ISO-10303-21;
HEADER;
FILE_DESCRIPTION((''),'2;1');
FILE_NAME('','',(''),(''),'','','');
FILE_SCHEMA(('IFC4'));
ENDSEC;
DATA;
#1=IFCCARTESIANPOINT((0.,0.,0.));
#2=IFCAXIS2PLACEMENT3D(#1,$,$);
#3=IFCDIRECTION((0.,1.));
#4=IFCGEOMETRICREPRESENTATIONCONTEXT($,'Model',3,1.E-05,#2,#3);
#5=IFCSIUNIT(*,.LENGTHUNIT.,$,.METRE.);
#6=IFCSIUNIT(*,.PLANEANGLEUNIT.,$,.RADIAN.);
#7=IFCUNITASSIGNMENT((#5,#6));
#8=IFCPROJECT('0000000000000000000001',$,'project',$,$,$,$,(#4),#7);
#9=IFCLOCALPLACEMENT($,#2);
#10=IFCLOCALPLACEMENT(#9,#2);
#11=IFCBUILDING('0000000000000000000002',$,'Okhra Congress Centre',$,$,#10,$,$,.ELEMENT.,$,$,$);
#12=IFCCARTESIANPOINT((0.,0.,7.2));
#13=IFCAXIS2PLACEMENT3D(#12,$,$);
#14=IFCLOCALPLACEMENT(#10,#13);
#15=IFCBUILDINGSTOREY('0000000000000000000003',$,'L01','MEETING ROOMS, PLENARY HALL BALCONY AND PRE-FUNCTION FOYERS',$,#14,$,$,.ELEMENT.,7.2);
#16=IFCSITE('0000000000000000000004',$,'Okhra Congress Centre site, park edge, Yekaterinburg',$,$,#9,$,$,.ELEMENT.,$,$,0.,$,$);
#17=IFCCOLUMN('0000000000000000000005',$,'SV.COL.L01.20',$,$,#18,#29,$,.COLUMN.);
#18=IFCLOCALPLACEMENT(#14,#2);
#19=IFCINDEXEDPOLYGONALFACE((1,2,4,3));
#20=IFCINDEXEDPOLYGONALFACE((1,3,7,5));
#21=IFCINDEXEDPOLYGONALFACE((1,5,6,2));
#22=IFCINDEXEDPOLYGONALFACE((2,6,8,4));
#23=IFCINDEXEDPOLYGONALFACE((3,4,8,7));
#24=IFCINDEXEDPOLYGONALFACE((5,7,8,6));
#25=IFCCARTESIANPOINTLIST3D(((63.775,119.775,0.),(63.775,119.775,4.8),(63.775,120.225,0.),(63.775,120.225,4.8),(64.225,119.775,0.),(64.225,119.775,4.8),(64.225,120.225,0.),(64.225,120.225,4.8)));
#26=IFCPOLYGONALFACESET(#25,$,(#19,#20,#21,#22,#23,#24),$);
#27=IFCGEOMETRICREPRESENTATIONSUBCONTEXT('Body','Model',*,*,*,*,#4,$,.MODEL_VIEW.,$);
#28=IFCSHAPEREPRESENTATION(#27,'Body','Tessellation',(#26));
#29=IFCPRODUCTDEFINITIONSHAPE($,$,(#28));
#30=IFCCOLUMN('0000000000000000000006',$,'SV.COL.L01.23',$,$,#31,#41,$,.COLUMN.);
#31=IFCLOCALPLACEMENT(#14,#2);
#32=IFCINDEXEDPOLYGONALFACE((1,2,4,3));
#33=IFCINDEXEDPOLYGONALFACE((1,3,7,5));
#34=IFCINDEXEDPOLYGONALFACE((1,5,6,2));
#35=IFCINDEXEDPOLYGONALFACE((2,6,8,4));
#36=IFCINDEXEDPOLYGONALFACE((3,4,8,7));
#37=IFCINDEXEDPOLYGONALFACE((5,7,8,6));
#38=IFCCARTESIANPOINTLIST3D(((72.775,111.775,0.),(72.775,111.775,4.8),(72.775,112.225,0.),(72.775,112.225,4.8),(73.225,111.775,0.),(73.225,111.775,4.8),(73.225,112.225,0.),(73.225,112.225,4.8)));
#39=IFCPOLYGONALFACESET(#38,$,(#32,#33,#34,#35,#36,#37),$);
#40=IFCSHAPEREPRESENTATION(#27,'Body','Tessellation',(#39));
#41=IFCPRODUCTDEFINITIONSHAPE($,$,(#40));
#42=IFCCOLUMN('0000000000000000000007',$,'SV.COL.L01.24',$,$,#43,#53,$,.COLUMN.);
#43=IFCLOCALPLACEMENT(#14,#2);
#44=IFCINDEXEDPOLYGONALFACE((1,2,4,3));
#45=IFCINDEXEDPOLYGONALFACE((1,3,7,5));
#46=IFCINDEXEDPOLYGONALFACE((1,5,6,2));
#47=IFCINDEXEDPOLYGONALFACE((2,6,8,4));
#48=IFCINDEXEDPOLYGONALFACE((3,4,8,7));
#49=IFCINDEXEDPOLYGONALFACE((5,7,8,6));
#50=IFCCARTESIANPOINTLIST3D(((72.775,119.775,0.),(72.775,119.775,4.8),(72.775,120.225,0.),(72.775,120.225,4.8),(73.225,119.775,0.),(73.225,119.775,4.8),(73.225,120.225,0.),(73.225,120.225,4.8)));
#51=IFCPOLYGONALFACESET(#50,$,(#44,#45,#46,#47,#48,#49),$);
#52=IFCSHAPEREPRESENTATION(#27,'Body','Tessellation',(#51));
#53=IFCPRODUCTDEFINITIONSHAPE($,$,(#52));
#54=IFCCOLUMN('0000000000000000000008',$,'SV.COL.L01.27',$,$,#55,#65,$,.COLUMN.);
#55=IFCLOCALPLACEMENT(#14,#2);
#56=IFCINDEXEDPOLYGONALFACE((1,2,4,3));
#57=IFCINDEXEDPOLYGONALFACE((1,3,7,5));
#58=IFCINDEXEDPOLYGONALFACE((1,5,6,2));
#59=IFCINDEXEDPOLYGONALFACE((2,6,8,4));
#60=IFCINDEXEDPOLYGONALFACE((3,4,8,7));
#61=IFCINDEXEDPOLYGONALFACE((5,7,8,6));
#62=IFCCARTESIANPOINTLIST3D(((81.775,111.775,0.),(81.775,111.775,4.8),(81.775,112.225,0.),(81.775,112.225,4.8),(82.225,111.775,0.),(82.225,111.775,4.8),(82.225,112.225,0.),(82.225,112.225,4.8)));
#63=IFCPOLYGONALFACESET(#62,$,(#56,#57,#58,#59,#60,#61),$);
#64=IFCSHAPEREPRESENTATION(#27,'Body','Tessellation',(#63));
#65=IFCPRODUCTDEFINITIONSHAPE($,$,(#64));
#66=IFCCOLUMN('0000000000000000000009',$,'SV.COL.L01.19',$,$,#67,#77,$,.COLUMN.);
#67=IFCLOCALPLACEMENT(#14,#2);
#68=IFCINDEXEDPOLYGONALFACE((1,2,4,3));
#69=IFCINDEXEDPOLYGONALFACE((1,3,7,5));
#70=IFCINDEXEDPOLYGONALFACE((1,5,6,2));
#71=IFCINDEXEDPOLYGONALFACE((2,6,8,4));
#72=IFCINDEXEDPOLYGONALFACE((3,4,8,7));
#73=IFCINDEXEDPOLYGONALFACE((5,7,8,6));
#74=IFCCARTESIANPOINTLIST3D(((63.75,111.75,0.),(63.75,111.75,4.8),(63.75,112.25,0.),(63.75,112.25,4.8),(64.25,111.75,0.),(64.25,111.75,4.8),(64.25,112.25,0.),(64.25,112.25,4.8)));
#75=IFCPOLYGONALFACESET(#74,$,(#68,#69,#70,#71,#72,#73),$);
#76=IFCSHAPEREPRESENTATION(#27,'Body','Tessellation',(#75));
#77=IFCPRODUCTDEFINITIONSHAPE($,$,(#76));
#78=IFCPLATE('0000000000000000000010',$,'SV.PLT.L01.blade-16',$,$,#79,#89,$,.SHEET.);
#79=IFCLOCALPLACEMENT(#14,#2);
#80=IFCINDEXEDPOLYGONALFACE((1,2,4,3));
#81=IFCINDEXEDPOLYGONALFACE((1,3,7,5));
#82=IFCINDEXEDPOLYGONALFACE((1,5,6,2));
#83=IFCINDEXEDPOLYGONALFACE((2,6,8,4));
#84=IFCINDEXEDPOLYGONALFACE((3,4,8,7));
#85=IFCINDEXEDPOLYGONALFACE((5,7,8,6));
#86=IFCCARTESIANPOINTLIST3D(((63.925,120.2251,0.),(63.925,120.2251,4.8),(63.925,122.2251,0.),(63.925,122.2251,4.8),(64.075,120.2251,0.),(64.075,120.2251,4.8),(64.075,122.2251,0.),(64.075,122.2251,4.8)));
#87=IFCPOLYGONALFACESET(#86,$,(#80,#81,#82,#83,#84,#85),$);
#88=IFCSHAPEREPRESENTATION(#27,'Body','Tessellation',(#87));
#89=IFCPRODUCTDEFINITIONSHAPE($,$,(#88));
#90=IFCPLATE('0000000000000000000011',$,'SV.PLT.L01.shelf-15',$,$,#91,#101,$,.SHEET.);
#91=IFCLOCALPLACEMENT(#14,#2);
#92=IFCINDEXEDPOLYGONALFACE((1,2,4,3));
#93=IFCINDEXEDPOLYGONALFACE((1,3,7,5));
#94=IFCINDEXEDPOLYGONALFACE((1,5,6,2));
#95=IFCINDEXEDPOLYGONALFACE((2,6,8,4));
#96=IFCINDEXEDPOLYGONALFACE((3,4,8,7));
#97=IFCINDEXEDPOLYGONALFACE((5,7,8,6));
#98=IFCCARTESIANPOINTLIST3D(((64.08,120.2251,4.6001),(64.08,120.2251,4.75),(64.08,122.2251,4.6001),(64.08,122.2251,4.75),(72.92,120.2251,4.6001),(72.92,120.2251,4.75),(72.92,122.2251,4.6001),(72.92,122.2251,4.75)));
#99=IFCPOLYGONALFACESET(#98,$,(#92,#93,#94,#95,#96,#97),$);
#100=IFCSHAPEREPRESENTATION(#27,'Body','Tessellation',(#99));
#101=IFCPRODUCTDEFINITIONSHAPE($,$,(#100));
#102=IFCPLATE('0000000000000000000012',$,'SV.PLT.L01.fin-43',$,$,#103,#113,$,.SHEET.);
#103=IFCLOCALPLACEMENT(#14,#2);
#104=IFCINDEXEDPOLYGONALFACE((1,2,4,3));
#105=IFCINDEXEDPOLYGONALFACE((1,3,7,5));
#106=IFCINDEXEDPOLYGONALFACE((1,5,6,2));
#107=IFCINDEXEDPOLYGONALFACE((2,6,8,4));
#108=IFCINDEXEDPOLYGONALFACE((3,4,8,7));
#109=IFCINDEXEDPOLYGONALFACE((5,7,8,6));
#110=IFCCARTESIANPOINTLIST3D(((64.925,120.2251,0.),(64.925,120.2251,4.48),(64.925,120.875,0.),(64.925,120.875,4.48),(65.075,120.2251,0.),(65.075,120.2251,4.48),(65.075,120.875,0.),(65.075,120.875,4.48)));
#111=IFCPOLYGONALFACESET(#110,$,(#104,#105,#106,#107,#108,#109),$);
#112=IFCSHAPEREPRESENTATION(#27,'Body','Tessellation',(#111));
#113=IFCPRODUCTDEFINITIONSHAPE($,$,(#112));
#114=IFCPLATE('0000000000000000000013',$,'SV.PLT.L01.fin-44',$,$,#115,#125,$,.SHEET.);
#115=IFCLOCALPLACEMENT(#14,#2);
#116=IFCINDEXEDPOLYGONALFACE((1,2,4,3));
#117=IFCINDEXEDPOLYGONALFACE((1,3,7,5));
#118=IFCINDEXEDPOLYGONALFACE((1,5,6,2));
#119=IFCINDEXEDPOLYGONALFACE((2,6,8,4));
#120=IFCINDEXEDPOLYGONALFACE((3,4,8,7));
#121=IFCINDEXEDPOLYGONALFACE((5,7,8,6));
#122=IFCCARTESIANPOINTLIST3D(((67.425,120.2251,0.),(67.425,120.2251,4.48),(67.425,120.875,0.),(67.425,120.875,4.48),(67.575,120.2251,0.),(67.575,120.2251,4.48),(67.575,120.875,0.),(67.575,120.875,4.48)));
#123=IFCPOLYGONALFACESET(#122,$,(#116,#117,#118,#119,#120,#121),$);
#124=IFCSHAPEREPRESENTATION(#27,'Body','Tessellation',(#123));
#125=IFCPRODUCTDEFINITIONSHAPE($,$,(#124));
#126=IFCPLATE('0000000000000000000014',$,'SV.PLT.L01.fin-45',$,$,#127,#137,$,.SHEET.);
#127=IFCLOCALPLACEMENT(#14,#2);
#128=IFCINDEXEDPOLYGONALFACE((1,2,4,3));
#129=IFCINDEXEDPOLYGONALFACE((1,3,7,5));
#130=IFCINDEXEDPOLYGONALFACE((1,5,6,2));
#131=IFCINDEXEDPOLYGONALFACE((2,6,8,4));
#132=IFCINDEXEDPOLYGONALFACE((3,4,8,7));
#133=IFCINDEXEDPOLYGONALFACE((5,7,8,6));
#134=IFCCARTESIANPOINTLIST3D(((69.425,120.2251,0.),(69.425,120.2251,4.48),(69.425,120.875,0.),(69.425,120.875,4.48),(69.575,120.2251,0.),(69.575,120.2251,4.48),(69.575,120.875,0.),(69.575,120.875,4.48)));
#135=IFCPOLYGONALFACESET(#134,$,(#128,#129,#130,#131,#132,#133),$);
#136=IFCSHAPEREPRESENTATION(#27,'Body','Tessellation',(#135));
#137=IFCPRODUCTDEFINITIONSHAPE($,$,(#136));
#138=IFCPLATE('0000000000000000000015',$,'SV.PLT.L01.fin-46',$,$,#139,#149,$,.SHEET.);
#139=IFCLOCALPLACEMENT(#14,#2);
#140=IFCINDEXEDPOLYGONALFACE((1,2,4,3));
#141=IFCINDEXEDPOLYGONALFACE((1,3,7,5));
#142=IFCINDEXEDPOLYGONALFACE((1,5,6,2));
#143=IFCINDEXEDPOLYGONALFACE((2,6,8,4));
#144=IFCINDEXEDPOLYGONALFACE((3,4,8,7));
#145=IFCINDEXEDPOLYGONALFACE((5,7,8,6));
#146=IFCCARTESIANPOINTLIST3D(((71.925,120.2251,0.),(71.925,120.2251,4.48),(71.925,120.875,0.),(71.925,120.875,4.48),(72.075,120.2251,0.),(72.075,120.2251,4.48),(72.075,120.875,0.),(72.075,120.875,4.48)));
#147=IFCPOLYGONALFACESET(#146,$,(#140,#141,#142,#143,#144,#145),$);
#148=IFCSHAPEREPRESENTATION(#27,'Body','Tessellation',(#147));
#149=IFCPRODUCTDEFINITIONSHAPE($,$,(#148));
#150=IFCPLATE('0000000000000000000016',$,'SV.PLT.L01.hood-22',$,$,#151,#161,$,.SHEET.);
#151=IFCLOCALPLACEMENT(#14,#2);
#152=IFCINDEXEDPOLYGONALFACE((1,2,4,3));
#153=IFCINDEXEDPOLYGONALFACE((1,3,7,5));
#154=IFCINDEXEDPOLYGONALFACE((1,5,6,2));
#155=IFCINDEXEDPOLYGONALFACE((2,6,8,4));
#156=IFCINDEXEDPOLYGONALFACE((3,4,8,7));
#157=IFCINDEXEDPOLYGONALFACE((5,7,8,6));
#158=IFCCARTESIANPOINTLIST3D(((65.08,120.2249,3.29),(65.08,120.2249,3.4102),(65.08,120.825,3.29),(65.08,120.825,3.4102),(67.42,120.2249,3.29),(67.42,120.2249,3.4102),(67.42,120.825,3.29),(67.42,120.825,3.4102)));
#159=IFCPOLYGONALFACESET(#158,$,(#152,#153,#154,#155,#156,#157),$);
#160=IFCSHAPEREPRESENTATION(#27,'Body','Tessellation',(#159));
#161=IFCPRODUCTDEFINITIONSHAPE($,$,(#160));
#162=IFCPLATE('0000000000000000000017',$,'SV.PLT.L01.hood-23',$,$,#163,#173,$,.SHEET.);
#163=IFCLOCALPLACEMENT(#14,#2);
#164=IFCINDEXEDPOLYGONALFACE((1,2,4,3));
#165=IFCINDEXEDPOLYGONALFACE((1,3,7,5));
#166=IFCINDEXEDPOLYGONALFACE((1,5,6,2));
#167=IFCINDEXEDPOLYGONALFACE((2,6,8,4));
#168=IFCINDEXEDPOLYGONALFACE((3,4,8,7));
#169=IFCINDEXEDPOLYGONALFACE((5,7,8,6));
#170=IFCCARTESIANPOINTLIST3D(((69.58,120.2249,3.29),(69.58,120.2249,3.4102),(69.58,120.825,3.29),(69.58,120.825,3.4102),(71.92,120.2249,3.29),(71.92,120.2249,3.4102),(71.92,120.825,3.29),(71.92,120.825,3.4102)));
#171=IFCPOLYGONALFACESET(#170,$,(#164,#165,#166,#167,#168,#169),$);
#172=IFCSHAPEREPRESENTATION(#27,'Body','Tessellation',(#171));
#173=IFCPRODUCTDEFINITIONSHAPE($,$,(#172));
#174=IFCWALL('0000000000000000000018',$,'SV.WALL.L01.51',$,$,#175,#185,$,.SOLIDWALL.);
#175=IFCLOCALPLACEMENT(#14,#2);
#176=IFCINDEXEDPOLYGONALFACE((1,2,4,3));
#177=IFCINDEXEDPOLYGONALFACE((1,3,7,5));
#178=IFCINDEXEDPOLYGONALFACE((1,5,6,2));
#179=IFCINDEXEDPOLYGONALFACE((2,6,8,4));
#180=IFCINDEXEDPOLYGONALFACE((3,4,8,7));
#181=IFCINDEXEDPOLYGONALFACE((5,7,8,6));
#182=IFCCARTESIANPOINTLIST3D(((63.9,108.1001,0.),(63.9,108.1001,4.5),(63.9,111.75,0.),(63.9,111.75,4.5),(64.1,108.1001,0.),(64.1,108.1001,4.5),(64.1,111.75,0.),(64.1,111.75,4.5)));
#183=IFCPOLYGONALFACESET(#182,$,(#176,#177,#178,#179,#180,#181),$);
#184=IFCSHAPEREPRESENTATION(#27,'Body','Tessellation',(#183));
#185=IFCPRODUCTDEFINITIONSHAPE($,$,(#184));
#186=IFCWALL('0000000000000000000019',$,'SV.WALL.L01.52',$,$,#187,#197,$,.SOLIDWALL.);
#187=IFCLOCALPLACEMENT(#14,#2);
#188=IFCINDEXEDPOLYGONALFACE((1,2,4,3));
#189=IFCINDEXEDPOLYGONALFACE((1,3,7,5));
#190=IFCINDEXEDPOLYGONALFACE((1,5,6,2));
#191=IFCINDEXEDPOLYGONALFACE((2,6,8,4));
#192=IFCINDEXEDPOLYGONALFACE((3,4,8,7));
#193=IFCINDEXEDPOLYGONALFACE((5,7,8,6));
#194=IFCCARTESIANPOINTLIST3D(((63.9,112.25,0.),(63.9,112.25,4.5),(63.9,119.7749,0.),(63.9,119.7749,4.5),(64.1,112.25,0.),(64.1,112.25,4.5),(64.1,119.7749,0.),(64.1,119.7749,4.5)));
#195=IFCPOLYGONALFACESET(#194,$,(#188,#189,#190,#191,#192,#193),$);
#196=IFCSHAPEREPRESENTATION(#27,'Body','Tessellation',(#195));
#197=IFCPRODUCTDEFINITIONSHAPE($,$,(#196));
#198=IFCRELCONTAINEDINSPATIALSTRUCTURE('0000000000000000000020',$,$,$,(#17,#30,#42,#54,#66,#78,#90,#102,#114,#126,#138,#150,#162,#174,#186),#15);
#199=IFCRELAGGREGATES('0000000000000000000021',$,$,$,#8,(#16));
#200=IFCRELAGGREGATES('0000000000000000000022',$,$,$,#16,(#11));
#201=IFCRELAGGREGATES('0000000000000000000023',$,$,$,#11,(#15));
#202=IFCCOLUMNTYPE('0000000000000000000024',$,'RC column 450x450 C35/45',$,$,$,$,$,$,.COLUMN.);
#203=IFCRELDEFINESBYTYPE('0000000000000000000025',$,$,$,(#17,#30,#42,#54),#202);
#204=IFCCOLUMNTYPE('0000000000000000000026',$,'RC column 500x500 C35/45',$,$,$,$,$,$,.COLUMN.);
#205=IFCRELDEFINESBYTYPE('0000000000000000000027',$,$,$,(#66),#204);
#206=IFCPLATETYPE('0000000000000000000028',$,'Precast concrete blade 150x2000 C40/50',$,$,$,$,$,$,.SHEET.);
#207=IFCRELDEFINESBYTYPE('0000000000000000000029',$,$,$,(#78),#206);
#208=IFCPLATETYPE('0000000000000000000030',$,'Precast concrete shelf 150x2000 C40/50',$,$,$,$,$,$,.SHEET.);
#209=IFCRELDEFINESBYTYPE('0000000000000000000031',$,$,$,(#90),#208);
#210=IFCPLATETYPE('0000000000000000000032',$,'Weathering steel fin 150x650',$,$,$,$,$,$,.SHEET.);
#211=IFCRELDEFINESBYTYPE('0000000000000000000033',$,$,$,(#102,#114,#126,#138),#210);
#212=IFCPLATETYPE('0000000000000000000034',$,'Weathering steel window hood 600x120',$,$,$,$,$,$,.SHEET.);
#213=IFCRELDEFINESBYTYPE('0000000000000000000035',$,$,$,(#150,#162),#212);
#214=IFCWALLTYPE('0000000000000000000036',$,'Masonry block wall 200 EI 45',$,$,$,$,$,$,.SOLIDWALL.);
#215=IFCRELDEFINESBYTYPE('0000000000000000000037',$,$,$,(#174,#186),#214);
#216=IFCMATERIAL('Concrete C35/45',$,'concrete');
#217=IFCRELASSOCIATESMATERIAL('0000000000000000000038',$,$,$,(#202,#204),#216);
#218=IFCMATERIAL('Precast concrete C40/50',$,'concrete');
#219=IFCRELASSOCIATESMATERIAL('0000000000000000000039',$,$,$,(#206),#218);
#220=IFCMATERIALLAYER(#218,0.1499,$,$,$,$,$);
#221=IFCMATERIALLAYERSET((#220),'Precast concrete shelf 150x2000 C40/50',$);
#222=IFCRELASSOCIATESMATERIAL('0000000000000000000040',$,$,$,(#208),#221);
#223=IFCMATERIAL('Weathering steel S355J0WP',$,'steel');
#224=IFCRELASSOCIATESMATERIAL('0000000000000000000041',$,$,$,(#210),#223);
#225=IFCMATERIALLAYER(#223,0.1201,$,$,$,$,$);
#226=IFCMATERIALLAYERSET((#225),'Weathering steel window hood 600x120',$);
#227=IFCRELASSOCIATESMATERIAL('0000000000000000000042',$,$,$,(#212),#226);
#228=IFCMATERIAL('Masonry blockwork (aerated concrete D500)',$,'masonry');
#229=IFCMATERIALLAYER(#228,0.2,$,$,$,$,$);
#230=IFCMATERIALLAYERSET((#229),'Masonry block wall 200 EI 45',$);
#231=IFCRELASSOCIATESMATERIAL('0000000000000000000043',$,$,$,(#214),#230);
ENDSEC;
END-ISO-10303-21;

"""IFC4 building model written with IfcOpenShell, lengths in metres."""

from ifc_helpers import new_model, si_unit, direction, frame, frame_2d, origin, origin_2d, place, context, subcontext, project, spatial, rectangle, extrude, material, layer, layer_set, material_profile, profile_set, type_object, element, save


model = new_model("IFC4")

# Units and contexts
model_context = context("Model", 3, precision=1e-05, world=origin(), true_north=direction((0.0, 1.0)))
body_context = subcontext(model_context, "Body", "Model", "MODEL_VIEW")
ifc_project = project(units=[si_unit("LENGTHUNIT", "METRE"), si_unit("PLANEANGLEUNIT", "RADIAN")], contexts=[model_context])

# Site, building, storey
site_placement = place(None, origin())
site = spatial("IfcSite", under=ifc_project, at=site_placement, Name="Okhra Congress Centre site, park edge, Yekaterinburg", CompositionType="ELEMENT", RefElevation=0.0)
building_placement = place(site_placement, origin())
building = spatial("IfcBuilding", under=site, at=building_placement, Name="Okhra Congress Centre", CompositionType="ELEMENT")
storey_placement = place(building_placement, frame((0.0, 0.0, 7.2)))
storey = spatial("IfcBuildingStorey", under=building, at=storey_placement, Name="L01", Description="MEETING ROOMS, PLENARY HALL BALCONY AND PRE-FUNCTION FOYERS", CompositionType="ELEMENT", Elevation=7.2)

# Columns
ifc_material_1 = material(Name="Concrete C35/45", Category="concrete")
ifc_material_profile_1 = material_profile(ifc_material_1, rectangle(XDim=0.45, YDim=0.45, at=origin_2d()), Name="RC 450x450")
ifc_profile_set_1 = profile_set([ifc_material_profile_1], Name="Concrete C35/45")
column_type_1 = type_object("IfcColumnType", Name="RC column 450x450 C35/45", PredefinedType="COLUMN", material=ifc_profile_set_1)
for number, where, z_axis, x_axis, name in (
    (1, (64.0, 120.0, 0.0), (0.0, 0.0, 1.0), (1.0, 0.0, 0.0), "SV.COL.L01.20"),
    (2, (73.0, 112.0, 0.0), (0.0, 0.0, 1.0), (1.0, 0.0, 0.0), "SV.COL.L01.23"),
    (3, (73.0, 120.0, 0.0), (0.0, 0.0, 1.0), (1.0, 0.0, 0.0), "SV.COL.L01.24"),
    (4, (82.0, 112.0, 0.0), (0.0, 0.0, 1.0), (1.0, 0.0, 0.0), "SV.COL.L01.27"),
):
    element("IfcColumn", number, at=place(storey_placement, frame(where, z_axis=z_axis, x_axis=x_axis)), inside=storey, type_object=column_type_1, Name=name, PredefinedType="COLUMN", context=body_context, shape_type="SweptSolid", body=[
        extrude(rectangle(XDim=0.45, YDim=0.45, at=origin_2d()), origin(), (0.0, 0.0, 1.0), 4.8),
    ])
ifc_material_profile_2 = material_profile(ifc_material_1, rectangle(XDim=0.5, YDim=0.5, at=origin_2d()), Name="RC 500x500")
ifc_profile_set_2 = profile_set([ifc_material_profile_2], Name="Concrete C35/45")
column_type_2 = type_object("IfcColumnType", Name="RC column 500x500 C35/45", PredefinedType="COLUMN", material=ifc_profile_set_2)
column_placement = place(storey_placement, frame((64.0, 112.0, 0.0), z_axis=(0.0, 0.0, 1.0), x_axis=(1.0, 0.0, 0.0)))
element("IfcColumn", 5, at=column_placement, inside=storey, type_object=column_type_2, Name="SV.COL.L01.19", PredefinedType="COLUMN", context=body_context, shape_type="SweptSolid", body=[
    extrude(rectangle(XDim=0.5, YDim=0.5, at=origin_2d()), origin(), (0.0, 0.0, 1.0), 4.8),
])

# Plates
ifc_material_2 = material(Name="Precast concrete C40/50", Category="concrete")
plate_type_1 = type_object("IfcPlateType", Name="Precast concrete blade 150x2000 C40/50", PredefinedType="SHEET", material=ifc_material_2)
plate_1_placement = place(storey_placement, frame((64.0, 121.2251, 0.0), z_axis=(0.0, 0.0, 1.0), x_axis=(-1.0, 0.0, 0.0)))
element("IfcPlate", 6, at=plate_1_placement, inside=storey, type_object=plate_type_1, Name="SV.PLT.L01.blade-16", PredefinedType="SHEET", context=body_context, shape_type="SweptSolid", body=[
    extrude(rectangle(XDim=0.1499, YDim=2.0, at=origin_2d()), origin(), (0.0, 0.0, 1.0), 4.8),
])
ifc_layer_1 = layer(ifc_material_2, 0.1499)
ifc_layer_set_1 = layer_set([ifc_layer_1], Name="Precast concrete shelf 150x2000 C40/50")
plate_type_2 = type_object("IfcPlateType", Name="Precast concrete shelf 150x2000 C40/50", PredefinedType="SHEET", material=ifc_layer_set_1)
plate_2_placement = place(storey_placement, frame((68.5, 121.2251, 4.6001), z_axis=(0.0, 0.0, 1.0), x_axis=(-1.0, 0.0, 0.0)))
element("IfcPlate", 7, at=plate_2_placement, inside=storey, type_object=plate_type_2, Name="SV.PLT.L01.shelf-15", PredefinedType="SHEET", context=body_context, shape_type="SweptSolid", body=[
    extrude(rectangle(XDim=8.8401, YDim=2.0, at=origin_2d()), origin(), (0.0, 0.0, 1.0), 0.1499),
])
ifc_material_3 = material(Name="Weathering steel S355J0WP", Category="steel")
plate_type_3 = type_object("IfcPlateType", Name="Weathering steel fin 150x650", PredefinedType="SHEET", material=ifc_material_3)
for number, where, z_axis, x_axis, name in (
    (8, (65.0, 120.55, 0.0), (0.0, 0.0, 1.0), (-1.0, 0.0, 0.0), "SV.PLT.L01.fin-43"),
    (9, (67.5, 120.55, 0.0), (0.0, 0.0, 1.0), (-1.0, 0.0, 0.0), "SV.PLT.L01.fin-44"),
    (10, (69.5, 120.55, 0.0), (0.0, 0.0, 1.0), (-1.0, 0.0, 0.0), "SV.PLT.L01.fin-45"),
    (11, (72.0, 120.55, 0.0), (0.0, 0.0, 1.0), (-1.0, 0.0, 0.0), "SV.PLT.L01.fin-46"),
):
    element("IfcPlate", number, at=place(storey_placement, frame(where, z_axis=z_axis, x_axis=x_axis)), inside=storey, type_object=plate_type_3, Name=name, PredefinedType="SHEET", context=body_context, shape_type="SweptSolid", body=[
        extrude(rectangle(XDim=0.1499, YDim=0.6499, at=origin_2d()), origin(), (0.0, 0.0, 1.0), 4.48),
    ])
ifc_layer_2 = layer(ifc_material_3, 0.1201)
ifc_layer_set_2 = layer_set([ifc_layer_2], Name="Weathering steel window hood 600x120")
plate_type_4 = type_object("IfcPlateType", Name="Weathering steel window hood 600x120", PredefinedType="SHEET", material=ifc_layer_set_2)
for number, where, z_axis, x_axis, name in (
    (12, (66.25, 120.5249, 3.29), (0.0, 0.0, 1.0), (-1.0, 0.0, 0.0), "SV.PLT.L01.hood-22"),
    (13, (70.75, 120.5249, 3.29), (0.0, 0.0, 1.0), (-1.0, 0.0, 0.0), "SV.PLT.L01.hood-23"),
):
    element("IfcPlate", number, at=place(storey_placement, frame(where, z_axis=z_axis, x_axis=x_axis)), inside=storey, type_object=plate_type_4, Name=name, PredefinedType="SHEET", context=body_context, shape_type="SweptSolid", body=[
        extrude(rectangle(XDim=2.3401, YDim=0.6001, at=origin_2d()), origin(), (0.0, 0.0, 1.0), 0.1201),
    ])

# Walls
ifc_material_4 = material(Name="Masonry blockwork (aerated concrete D500)", Category="masonry")
ifc_layer_3 = layer(ifc_material_4, 0.2)
ifc_layer_set_3 = layer_set([ifc_layer_3], Name="Masonry block wall 200 EI 45")
wall_type_1 = type_object("IfcWallType", Name="Masonry block wall 200 EI 45", PredefinedType="SOLIDWALL", material=ifc_layer_set_3)
wall_1_placement = place(storey_placement, frame((64.0, 108.1001, 0.0), z_axis=(0.0, 0.0, 1.0), x_axis=(0.0, 1.0, 0.0)))
element("IfcWall", 14, at=wall_1_placement, inside=storey, type_object=wall_type_1, Name="SV.WALL.L01.51", PredefinedType="SOLIDWALL", context=body_context, shape_type="SweptSolid", body=[
    extrude(rectangle(XDim=3.6499, YDim=0.2, at=frame_2d((1.825, 0.0))), origin(), (0.0, 0.0, 1.0), 4.5),
])
wall_2_placement = place(storey_placement, frame((64.0, 112.25, 0.0), z_axis=(0.0, 0.0, 1.0), x_axis=(0.0, 1.0, 0.0)))
element("IfcWall", 15, at=wall_2_placement, inside=storey, type_object=wall_type_1, Name="SV.WALL.L01.52", PredefinedType="SOLIDWALL", context=body_context, shape_type="SweptSolid", body=[
    extrude(rectangle(XDim=7.5249, YDim=0.2, at=frame_2d((3.7625, 0.0))), origin(), (0.0, 0.0, 1.0), 4.5),
])

save(model, "model.ifc")
